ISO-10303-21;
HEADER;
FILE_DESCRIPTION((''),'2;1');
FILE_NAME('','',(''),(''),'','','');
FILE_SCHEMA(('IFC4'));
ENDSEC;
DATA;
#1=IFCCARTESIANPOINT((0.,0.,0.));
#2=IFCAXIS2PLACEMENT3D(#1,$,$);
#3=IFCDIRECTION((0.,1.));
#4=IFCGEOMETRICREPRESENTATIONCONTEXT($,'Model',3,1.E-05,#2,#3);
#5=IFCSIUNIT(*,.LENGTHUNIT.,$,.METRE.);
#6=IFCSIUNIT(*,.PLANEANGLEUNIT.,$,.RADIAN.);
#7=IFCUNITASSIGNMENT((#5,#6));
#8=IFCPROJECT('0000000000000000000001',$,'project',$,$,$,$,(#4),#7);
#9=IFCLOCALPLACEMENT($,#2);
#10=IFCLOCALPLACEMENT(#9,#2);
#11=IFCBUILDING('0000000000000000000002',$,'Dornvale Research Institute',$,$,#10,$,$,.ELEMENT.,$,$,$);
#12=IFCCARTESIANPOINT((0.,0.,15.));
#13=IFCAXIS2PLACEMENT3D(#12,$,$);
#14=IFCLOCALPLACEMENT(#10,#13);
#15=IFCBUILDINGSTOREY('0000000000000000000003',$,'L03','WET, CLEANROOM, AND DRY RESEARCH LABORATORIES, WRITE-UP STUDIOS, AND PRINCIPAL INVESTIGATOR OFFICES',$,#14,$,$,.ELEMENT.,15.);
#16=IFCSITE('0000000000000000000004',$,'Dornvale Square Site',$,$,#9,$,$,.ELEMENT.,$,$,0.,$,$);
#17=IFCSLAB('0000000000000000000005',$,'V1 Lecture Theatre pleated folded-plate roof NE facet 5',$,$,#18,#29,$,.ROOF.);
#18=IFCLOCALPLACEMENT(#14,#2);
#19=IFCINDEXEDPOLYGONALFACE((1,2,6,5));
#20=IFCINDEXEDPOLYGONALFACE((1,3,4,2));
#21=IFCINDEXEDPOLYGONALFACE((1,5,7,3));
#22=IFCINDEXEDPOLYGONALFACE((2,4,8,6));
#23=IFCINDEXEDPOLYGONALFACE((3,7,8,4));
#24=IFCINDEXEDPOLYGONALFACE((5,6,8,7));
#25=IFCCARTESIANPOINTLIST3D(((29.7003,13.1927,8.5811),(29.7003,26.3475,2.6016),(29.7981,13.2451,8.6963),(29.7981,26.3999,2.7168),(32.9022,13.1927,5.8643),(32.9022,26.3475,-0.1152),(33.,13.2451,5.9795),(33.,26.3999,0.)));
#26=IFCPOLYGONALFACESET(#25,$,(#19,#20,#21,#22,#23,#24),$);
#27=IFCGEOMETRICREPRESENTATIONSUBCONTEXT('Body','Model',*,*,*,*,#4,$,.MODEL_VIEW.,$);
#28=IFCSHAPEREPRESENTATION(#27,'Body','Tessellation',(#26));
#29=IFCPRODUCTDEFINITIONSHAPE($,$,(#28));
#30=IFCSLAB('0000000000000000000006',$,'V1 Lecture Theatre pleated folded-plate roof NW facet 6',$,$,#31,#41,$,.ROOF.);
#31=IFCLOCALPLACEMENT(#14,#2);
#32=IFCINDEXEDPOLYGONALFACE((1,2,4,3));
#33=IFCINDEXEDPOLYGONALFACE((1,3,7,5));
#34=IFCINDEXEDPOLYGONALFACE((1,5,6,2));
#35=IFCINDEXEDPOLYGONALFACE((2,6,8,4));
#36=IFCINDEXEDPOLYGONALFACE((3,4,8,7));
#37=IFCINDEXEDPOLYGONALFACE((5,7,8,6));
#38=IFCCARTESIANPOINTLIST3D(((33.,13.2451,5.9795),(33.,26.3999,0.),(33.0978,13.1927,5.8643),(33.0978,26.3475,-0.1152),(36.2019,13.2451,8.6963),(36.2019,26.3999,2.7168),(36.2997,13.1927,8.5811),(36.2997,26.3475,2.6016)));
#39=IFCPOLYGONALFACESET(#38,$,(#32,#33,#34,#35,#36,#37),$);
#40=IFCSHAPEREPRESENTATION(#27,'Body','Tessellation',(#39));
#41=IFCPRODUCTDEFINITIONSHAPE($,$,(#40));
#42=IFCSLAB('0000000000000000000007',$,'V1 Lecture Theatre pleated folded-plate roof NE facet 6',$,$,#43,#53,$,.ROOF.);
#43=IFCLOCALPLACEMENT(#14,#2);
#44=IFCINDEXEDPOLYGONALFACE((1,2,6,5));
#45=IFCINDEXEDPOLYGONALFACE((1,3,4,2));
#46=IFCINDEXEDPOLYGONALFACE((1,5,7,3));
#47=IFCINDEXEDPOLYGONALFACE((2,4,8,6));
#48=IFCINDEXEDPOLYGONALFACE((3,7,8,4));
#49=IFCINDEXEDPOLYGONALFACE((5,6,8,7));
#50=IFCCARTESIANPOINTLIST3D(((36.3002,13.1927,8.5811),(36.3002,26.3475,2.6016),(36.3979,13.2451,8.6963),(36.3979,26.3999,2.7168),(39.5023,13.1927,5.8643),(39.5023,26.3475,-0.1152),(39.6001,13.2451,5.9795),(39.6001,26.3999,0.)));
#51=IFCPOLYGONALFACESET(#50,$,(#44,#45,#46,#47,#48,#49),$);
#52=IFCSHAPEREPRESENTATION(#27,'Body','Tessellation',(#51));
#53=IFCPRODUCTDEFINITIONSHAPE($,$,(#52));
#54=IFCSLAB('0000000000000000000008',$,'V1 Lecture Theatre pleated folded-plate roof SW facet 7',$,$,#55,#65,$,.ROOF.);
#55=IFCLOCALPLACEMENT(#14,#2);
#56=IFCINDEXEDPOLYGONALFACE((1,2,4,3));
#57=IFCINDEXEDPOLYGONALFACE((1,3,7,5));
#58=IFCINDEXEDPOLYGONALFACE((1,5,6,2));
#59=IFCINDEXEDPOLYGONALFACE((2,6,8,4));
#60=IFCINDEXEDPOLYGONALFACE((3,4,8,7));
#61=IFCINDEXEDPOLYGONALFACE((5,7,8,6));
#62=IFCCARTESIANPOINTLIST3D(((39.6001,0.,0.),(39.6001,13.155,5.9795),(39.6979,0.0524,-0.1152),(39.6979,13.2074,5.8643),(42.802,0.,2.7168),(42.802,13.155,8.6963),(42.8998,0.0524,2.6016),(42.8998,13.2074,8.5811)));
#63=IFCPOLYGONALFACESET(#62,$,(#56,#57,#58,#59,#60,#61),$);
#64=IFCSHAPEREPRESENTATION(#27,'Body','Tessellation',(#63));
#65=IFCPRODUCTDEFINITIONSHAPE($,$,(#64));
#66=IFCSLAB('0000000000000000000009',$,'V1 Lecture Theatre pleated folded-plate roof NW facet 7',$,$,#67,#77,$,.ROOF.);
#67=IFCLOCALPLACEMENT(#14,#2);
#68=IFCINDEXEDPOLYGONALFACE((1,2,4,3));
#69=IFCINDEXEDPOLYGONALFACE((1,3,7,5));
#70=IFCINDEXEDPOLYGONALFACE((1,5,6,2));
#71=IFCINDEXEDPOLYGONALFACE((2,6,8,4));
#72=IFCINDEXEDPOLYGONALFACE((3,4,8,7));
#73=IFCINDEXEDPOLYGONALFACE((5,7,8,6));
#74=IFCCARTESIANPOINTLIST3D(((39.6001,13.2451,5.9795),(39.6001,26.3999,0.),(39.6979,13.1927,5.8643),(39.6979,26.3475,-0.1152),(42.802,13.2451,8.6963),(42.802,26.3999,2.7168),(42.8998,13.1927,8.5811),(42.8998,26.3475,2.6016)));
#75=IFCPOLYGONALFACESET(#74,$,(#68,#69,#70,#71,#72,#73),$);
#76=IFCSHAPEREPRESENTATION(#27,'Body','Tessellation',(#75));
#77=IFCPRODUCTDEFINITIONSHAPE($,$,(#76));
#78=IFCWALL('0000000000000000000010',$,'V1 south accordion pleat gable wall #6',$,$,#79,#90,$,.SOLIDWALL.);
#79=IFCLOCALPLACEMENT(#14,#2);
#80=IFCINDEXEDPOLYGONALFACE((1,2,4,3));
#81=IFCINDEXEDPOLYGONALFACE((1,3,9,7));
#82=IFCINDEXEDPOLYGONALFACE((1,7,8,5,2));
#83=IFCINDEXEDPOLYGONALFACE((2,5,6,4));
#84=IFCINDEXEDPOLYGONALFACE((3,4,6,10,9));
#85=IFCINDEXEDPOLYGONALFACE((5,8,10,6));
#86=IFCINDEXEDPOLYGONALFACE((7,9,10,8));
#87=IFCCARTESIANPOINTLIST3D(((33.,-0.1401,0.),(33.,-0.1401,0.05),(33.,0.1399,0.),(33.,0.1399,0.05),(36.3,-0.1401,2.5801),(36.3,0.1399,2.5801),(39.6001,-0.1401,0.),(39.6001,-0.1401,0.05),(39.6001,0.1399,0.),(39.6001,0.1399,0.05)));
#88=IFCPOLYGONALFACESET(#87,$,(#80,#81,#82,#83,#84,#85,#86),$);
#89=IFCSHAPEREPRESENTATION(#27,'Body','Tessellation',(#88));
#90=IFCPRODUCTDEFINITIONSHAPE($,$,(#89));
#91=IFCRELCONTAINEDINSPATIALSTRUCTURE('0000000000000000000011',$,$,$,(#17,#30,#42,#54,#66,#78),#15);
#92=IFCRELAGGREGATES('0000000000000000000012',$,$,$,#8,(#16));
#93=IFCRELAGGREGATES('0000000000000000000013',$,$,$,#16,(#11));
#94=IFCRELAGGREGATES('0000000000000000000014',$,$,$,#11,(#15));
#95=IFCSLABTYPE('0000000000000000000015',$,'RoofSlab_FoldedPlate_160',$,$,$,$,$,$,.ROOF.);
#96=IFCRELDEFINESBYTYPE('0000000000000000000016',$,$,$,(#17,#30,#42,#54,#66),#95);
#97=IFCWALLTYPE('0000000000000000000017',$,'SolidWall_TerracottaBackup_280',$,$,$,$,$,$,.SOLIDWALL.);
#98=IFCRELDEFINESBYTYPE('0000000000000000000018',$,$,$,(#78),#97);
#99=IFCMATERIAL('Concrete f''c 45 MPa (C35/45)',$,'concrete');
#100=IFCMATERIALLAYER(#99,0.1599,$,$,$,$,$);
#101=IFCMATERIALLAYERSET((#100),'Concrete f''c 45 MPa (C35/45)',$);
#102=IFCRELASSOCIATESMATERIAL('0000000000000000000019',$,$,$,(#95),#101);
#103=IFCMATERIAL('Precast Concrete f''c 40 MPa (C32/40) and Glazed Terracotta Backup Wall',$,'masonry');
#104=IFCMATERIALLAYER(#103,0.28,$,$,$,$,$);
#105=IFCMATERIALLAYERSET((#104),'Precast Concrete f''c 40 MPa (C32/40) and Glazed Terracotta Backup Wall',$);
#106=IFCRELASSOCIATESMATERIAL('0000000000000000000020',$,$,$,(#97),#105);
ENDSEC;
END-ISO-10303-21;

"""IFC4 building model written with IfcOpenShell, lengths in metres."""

from ifc_helpers import new_model, si_unit, direction, frame, origin, place, context, subcontext, project, spatial, polyline, outline, extrude, material, layer, layer_set, type_object, element, save


model = new_model("IFC4")

# Units and contexts
model_context = context("Model", 3, precision=1e-05, world=origin(), true_north=direction((0.0, 1.0)))
body_context = subcontext(model_context, "Body", "Model", "MODEL_VIEW")
ifc_project = project(units=[si_unit("LENGTHUNIT", "METRE"), si_unit("PLANEANGLEUNIT", "RADIAN")], contexts=[model_context])

# Site, building, storey
site_placement = place(None, origin())
site = spatial("IfcSite", under=ifc_project, at=site_placement, Name="Dornvale Square Site", CompositionType="ELEMENT", RefElevation=0.0)
building_placement = place(site_placement, origin())
building = spatial("IfcBuilding", under=site, at=building_placement, Name="Dornvale Research Institute", CompositionType="ELEMENT")
storey_placement = place(building_placement, frame((0.0, 0.0, 15.0)))
storey = spatial("IfcBuildingStorey", under=building, at=storey_placement, Name="L03", Description="WET, CLEANROOM, AND DRY RESEARCH LABORATORIES, WRITE-UP STUDIOS, AND PRINCIPAL INVESTIGATOR OFFICES", CompositionType="ELEMENT", Elevation=15.0)

# Slabs
ifc_material_1 = material(Name="Concrete f'c 45 MPa (C35/45)", Category="concrete")
ifc_layer_1 = layer(ifc_material_1, 0.1599)
ifc_layer_set_1 = layer_set([ifc_layer_1], Name="Concrete f'c 45 MPa (C35/45)")
slab_type = type_object("IfcSlabType", Name="RoofSlab_FoldedPlate_160", PredefinedType="ROOF", material=ifc_layer_set_1)
slab_1_placement = place(storey_placement, frame((29.7981, 13.2451, 8.6963), z_axis=(0.611305, 0.327484, 0.720459), x_axis=(0.762506, 0.0, -0.646982)))
element("IfcSlab", 1, at=slab_1_placement, inside=storey, type_object=slab_type, Name="V1 Lecture Theatre pleated folded-plate roof NE facet 5", PredefinedType="ROOF", context=body_context, shape_type="SweptSolid", body=[
    extrude(outline(polyline([(0.0, 0.0), (4.1992, 0.0), (8.0678, 13.9225), (3.8686, 13.9225), (0.0, 0.0)])), origin(), (0.0, 0.0, -1.0), 0.1599),
])
slab_2_placement = place(storey_placement, frame((33.0, 13.2451, 5.9795), z_axis=(-0.611305, 0.327484, 0.720459), x_axis=(0.762506, 0.0, 0.646982)))
element("IfcSlab", 2, at=slab_2_placement, inside=storey, type_object=slab_type, Name="V1 Lecture Theatre pleated folded-plate roof NW facet 6", PredefinedType="ROOF", context=body_context, shape_type="SweptSolid", body=[
    extrude(outline(polyline([(0.0, 0.0), (4.1992, 0.0), (0.3306, 13.9225), (-3.8686, 13.9225), (0.0, 0.0)])), origin(), (0.0, 0.0, -1.0), 0.1599),
])
slab_3_placement = place(storey_placement, frame((36.3979, 13.2451, 8.6963), z_axis=(0.611276, 0.327493, 0.720479), x_axis=(0.76253, 0.0, -0.646953)))
element("IfcSlab", 3, at=slab_3_placement, inside=storey, type_object=slab_type, Name="V1 Lecture Theatre pleated folded-plate roof NE facet 6", PredefinedType="ROOF", context=body_context, shape_type="SweptSolid", body=[
    extrude(outline(polyline([(0.0, 0.0), (4.1994, 0.0), (8.0678, 13.9226), (3.8684, 13.9226), (0.0, 0.0)])), origin(), (0.0, 0.0, -1.0), 0.1599),
])
slab_4_placement = place(storey_placement, frame((39.6001, 0.0, 0.0), z_axis=(-0.611306, -0.327478, 0.72046), x_axis=(0.762506, 0.0, 0.646982)))
element("IfcSlab", 4, at=slab_4_placement, inside=storey, type_object=slab_type, Name="V1 Lecture Theatre pleated folded-plate roof SW facet 7", PredefinedType="ROOF", context=body_context, shape_type="SweptSolid", body=[
    extrude(outline(polyline([(0.0, 0.0), (4.1992, 0.0), (8.0678, 13.9227), (3.8686, 13.9227), (0.0, 0.0)])), origin(), (0.0, 0.0, -1.0), 0.1599),
])
slab_5_placement = place(storey_placement, frame((39.6001, 13.2451, 5.9795), z_axis=(-0.611305, 0.327484, 0.720459), x_axis=(0.762506, 0.0, 0.646982)))
element("IfcSlab", 5, at=slab_5_placement, inside=storey, type_object=slab_type, Name="V1 Lecture Theatre pleated folded-plate roof NW facet 7", PredefinedType="ROOF", context=body_context, shape_type="SweptSolid", body=[
    extrude(outline(polyline([(0.0, 0.0), (4.1992, 0.0), (0.3306, 13.9225), (-3.8686, 13.9225), (0.0, 0.0)])), origin(), (0.0, 0.0, -1.0), 0.1599),
])

# Wall
ifc_material_2 = material(Name="Precast Concrete f'c 40 MPa (C32/40) and Glazed Terracotta Backup Wall", Category="masonry")
ifc_layer_2 = layer(ifc_material_2, 0.28)
ifc_layer_set_2 = layer_set([ifc_layer_2], Name="Precast Concrete f'c 40 MPa (C32/40) and Glazed Terracotta Backup Wall")
wall_type = type_object("IfcWallType", Name="SolidWall_TerracottaBackup_280", PredefinedType="SOLIDWALL", material=ifc_layer_set_2)
wall_placement = place(storey_placement, frame((39.6001, 0.0, 0.0), z_axis=(0.0, 0.0, 1.0), x_axis=(-1.0, 0.0, 0.0)))
element("IfcWall", 6, at=wall_placement, inside=storey, type_object=wall_type, Name="V1 south accordion pleat gable wall #6", PredefinedType="SOLIDWALL", context=body_context, shape_type="SweptSolid", body=[
    extrude(outline(polyline([(0.0, 0.0), (6.6001, 0.0), (6.6001, 0.05), (3.3, 2.5801), (0.0, 0.05), (0.0, 0.0)])), frame((0.0, 0.1401, 0.0), z_axis=(0.0, -1.0, 0.0), x_axis=(1.0, 0.0, 0.0)), (0.0, 0.0, 1.0), 0.28),
])

save(model, "model.ifc")
